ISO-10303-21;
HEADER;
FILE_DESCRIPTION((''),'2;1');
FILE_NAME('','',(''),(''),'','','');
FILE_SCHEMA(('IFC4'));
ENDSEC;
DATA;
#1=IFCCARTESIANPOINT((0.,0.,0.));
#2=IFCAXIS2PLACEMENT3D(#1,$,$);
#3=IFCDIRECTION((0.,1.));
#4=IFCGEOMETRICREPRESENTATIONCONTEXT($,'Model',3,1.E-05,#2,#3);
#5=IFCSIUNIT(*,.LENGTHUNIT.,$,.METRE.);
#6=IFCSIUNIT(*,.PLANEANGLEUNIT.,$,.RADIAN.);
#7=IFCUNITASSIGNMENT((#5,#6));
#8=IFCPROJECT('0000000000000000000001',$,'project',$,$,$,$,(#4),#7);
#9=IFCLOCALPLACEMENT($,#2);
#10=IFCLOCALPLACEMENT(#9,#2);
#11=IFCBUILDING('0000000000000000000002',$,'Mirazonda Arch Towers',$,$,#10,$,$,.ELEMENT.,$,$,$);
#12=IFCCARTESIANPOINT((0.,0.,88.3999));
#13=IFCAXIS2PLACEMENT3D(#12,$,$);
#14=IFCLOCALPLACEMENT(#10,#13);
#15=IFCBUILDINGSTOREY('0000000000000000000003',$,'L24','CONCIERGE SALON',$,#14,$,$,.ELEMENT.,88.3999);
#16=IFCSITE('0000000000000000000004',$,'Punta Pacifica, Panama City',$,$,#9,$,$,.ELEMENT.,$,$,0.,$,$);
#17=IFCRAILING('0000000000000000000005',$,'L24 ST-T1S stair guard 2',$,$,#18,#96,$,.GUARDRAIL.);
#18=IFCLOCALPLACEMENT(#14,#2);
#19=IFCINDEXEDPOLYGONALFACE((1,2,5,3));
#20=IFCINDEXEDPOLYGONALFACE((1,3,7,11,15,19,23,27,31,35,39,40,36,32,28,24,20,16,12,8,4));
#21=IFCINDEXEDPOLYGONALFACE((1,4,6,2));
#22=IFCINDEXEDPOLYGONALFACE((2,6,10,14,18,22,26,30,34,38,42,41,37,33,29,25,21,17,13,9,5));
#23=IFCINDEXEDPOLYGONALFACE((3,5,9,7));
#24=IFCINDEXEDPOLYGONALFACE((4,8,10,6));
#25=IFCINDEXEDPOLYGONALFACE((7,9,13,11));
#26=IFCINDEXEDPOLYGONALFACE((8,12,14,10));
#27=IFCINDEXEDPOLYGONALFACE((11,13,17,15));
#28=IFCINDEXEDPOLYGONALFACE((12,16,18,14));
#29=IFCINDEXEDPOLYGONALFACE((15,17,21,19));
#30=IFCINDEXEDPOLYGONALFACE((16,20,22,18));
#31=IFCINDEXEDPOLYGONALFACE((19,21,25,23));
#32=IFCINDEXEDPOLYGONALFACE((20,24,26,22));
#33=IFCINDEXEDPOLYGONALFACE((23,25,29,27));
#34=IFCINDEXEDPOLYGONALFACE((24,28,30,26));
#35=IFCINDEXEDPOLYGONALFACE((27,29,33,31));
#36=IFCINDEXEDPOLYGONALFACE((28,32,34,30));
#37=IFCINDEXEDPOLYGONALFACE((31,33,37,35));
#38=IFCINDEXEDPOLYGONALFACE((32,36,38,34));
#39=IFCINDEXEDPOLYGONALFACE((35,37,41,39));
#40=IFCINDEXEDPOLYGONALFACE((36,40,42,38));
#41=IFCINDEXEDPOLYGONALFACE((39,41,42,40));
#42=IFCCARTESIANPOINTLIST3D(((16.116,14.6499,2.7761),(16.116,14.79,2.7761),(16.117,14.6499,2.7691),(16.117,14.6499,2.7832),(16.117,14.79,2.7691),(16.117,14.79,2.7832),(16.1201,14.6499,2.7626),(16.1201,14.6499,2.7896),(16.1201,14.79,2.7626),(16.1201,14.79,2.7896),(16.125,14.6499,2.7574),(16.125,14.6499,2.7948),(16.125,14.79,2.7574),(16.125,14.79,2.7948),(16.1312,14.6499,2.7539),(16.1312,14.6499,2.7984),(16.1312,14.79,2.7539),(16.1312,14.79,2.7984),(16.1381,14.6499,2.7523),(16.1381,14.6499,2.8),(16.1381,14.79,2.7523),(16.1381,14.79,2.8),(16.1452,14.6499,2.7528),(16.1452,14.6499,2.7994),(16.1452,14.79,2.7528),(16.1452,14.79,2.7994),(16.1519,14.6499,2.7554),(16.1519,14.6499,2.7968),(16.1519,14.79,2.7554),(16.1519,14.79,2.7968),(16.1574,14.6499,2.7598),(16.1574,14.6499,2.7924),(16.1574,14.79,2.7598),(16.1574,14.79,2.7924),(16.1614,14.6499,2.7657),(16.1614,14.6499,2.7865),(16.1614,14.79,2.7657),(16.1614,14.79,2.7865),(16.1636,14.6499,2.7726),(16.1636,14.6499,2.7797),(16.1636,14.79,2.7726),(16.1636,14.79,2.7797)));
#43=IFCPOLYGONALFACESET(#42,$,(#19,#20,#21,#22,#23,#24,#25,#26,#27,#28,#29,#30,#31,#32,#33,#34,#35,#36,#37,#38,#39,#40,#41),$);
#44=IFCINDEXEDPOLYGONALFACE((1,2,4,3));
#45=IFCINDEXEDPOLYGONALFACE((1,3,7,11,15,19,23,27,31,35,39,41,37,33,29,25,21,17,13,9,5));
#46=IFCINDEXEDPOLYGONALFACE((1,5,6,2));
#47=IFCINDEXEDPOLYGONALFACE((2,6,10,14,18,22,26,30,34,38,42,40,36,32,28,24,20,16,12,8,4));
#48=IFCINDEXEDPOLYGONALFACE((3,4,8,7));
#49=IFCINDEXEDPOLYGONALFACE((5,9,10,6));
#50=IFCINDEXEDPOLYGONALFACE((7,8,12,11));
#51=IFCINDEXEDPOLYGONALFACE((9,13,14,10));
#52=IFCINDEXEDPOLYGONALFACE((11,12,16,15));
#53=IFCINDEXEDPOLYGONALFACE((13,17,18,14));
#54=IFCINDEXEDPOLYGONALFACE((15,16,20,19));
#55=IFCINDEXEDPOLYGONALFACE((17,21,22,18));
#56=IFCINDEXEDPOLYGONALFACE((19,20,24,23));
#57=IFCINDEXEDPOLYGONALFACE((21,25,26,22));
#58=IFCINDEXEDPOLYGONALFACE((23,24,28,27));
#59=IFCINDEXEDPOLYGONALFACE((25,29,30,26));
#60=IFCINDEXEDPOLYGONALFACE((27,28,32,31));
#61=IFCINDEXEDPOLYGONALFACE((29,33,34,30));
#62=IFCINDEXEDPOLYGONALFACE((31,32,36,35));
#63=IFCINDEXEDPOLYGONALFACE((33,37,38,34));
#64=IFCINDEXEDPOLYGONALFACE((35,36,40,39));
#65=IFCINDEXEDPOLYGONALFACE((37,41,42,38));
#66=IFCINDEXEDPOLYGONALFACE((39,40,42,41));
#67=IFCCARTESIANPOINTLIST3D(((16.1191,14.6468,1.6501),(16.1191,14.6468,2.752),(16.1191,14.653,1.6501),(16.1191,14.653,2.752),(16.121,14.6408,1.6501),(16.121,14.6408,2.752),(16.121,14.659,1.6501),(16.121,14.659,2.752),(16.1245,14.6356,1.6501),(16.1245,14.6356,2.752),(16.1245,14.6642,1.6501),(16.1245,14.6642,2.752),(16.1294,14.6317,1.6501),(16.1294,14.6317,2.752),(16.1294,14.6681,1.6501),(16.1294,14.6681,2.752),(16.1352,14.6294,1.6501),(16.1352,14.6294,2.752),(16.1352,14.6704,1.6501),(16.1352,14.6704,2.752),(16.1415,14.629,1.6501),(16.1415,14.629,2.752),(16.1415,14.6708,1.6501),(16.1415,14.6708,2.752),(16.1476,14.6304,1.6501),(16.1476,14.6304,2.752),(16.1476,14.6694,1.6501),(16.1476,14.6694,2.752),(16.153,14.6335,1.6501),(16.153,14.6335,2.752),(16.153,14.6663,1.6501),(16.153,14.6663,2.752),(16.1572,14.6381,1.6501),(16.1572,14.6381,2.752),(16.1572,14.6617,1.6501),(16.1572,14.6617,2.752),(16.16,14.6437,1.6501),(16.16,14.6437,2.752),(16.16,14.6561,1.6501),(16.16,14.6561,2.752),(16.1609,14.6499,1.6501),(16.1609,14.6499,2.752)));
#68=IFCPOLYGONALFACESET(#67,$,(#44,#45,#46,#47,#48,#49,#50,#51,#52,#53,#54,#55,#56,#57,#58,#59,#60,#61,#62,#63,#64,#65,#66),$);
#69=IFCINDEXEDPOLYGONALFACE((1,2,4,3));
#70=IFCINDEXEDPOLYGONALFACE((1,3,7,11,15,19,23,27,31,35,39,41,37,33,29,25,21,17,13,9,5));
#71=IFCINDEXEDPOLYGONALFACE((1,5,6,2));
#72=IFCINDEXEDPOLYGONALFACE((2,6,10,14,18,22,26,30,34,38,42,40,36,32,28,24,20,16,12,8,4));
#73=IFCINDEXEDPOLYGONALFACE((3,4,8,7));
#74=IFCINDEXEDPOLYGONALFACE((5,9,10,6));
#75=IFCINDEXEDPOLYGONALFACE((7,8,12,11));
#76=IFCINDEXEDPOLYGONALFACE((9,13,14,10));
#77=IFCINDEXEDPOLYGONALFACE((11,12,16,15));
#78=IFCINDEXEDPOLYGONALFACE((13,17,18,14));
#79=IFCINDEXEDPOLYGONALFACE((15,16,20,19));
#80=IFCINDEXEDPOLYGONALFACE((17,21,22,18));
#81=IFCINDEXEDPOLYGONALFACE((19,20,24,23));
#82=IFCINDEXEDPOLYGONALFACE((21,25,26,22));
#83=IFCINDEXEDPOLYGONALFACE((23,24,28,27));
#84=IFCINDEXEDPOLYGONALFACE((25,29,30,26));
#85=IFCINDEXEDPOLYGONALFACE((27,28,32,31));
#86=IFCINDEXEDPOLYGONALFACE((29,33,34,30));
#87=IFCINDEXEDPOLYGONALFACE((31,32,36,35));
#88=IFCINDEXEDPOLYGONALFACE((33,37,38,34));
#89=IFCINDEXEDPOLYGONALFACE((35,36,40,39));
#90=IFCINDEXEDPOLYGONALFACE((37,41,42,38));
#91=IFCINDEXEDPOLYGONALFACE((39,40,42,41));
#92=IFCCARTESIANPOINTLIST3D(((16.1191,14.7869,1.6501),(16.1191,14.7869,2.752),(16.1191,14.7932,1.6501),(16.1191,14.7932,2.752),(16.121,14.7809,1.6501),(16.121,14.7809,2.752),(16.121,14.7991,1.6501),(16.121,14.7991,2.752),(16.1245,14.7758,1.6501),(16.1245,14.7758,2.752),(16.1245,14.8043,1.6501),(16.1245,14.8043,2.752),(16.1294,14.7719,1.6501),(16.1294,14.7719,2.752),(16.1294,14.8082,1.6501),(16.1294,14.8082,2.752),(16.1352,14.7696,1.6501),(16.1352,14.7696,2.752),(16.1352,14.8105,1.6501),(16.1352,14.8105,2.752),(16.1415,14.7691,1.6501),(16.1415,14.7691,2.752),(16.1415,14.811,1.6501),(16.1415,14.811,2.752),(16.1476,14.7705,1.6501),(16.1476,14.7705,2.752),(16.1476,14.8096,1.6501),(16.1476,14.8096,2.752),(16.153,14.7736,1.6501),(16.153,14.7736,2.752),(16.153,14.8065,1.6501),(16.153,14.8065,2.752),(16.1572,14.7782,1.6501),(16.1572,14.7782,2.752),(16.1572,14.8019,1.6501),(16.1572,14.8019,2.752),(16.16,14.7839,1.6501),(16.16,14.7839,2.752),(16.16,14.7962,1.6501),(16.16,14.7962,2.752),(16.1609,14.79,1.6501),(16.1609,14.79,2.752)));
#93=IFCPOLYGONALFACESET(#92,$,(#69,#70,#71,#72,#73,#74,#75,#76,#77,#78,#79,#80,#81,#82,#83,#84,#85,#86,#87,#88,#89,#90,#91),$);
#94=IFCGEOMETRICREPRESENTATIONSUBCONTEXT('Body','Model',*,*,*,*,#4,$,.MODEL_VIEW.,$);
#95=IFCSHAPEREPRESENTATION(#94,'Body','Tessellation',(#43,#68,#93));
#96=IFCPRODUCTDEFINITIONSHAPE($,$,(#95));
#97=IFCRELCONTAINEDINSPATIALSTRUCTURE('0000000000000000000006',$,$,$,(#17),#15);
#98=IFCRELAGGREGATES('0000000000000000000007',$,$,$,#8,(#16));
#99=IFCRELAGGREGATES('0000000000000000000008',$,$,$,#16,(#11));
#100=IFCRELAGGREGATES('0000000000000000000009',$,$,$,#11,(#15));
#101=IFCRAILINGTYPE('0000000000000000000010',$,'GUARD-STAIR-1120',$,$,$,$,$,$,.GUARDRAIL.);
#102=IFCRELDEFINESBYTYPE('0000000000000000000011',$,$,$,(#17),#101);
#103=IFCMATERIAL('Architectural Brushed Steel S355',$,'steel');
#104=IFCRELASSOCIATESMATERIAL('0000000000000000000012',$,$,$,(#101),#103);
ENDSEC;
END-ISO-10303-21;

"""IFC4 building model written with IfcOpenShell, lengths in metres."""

from ifc_helpers import new_model, si_unit, direction, frame, origin, origin_2d, place, context, subcontext, project, spatial, circle, extrude, material, type_object, element, save


model = new_model("IFC4")

# Units and contexts
model_context = context("Model", 3, precision=1e-05, world=origin(), true_north=direction((0.0, 1.0)))
body_context = subcontext(model_context, "Body", "Model", "MODEL_VIEW")
ifc_project = project(units=[si_unit("LENGTHUNIT", "METRE"), si_unit("PLANEANGLEUNIT", "RADIAN")], contexts=[model_context])

# Site, building, storey
site_placement = place(None, origin())
site = spatial("IfcSite", under=ifc_project, at=site_placement, Name="Punta Pacifica, Panama City", CompositionType="ELEMENT", RefElevation=0.0)
building_placement = place(site_placement, origin())
building = spatial("IfcBuilding", under=site, at=building_placement, Name="Mirazonda Arch Towers", CompositionType="ELEMENT")
storey_placement = place(building_placement, frame((0.0, 0.0, 88.3999)))
storey = spatial("IfcBuildingStorey", under=building, at=storey_placement, Name="L24", Description="CONCIERGE SALON", CompositionType="ELEMENT", Elevation=88.3999)

# Railing
ifc_material_1 = material(Name="Architectural Brushed Steel S355", Category="steel")
railing_type = type_object("IfcRailingType", Name="GUARD-STAIR-1120", PredefinedType="GUARDRAIL", material=ifc_material_1)
railing_placement = place(storey_placement, frame((16.1399, 14.6499, 1.6501)))
element("IfcRailing", 1, at=railing_placement, inside=storey, type_object=railing_type, Name="L24 ST-T1S stair guard 2", PredefinedType="GUARDRAIL", context=body_context, shape_type="SweptSolid", body=[
    extrude(circle(Radius=0.0239, at=origin_2d()), frame((0.0, 0.0, 1.126), z_axis=(0.0, 1.0, 0.0), x_axis=(-1.0, 0.0, 0.0)), (0.0, 0.0, 1.0), 0.1401),
    extrude(circle(Radius=0.021, at=origin_2d()), origin(), (0.0, 0.0, 1.0), 1.1018),
    extrude(circle(Radius=0.021, at=origin_2d()), frame((0.0, 0.1401, 0.0)), (0.0, 0.0, 1.0), 1.1018),
])

save(model, "model.ifc")
